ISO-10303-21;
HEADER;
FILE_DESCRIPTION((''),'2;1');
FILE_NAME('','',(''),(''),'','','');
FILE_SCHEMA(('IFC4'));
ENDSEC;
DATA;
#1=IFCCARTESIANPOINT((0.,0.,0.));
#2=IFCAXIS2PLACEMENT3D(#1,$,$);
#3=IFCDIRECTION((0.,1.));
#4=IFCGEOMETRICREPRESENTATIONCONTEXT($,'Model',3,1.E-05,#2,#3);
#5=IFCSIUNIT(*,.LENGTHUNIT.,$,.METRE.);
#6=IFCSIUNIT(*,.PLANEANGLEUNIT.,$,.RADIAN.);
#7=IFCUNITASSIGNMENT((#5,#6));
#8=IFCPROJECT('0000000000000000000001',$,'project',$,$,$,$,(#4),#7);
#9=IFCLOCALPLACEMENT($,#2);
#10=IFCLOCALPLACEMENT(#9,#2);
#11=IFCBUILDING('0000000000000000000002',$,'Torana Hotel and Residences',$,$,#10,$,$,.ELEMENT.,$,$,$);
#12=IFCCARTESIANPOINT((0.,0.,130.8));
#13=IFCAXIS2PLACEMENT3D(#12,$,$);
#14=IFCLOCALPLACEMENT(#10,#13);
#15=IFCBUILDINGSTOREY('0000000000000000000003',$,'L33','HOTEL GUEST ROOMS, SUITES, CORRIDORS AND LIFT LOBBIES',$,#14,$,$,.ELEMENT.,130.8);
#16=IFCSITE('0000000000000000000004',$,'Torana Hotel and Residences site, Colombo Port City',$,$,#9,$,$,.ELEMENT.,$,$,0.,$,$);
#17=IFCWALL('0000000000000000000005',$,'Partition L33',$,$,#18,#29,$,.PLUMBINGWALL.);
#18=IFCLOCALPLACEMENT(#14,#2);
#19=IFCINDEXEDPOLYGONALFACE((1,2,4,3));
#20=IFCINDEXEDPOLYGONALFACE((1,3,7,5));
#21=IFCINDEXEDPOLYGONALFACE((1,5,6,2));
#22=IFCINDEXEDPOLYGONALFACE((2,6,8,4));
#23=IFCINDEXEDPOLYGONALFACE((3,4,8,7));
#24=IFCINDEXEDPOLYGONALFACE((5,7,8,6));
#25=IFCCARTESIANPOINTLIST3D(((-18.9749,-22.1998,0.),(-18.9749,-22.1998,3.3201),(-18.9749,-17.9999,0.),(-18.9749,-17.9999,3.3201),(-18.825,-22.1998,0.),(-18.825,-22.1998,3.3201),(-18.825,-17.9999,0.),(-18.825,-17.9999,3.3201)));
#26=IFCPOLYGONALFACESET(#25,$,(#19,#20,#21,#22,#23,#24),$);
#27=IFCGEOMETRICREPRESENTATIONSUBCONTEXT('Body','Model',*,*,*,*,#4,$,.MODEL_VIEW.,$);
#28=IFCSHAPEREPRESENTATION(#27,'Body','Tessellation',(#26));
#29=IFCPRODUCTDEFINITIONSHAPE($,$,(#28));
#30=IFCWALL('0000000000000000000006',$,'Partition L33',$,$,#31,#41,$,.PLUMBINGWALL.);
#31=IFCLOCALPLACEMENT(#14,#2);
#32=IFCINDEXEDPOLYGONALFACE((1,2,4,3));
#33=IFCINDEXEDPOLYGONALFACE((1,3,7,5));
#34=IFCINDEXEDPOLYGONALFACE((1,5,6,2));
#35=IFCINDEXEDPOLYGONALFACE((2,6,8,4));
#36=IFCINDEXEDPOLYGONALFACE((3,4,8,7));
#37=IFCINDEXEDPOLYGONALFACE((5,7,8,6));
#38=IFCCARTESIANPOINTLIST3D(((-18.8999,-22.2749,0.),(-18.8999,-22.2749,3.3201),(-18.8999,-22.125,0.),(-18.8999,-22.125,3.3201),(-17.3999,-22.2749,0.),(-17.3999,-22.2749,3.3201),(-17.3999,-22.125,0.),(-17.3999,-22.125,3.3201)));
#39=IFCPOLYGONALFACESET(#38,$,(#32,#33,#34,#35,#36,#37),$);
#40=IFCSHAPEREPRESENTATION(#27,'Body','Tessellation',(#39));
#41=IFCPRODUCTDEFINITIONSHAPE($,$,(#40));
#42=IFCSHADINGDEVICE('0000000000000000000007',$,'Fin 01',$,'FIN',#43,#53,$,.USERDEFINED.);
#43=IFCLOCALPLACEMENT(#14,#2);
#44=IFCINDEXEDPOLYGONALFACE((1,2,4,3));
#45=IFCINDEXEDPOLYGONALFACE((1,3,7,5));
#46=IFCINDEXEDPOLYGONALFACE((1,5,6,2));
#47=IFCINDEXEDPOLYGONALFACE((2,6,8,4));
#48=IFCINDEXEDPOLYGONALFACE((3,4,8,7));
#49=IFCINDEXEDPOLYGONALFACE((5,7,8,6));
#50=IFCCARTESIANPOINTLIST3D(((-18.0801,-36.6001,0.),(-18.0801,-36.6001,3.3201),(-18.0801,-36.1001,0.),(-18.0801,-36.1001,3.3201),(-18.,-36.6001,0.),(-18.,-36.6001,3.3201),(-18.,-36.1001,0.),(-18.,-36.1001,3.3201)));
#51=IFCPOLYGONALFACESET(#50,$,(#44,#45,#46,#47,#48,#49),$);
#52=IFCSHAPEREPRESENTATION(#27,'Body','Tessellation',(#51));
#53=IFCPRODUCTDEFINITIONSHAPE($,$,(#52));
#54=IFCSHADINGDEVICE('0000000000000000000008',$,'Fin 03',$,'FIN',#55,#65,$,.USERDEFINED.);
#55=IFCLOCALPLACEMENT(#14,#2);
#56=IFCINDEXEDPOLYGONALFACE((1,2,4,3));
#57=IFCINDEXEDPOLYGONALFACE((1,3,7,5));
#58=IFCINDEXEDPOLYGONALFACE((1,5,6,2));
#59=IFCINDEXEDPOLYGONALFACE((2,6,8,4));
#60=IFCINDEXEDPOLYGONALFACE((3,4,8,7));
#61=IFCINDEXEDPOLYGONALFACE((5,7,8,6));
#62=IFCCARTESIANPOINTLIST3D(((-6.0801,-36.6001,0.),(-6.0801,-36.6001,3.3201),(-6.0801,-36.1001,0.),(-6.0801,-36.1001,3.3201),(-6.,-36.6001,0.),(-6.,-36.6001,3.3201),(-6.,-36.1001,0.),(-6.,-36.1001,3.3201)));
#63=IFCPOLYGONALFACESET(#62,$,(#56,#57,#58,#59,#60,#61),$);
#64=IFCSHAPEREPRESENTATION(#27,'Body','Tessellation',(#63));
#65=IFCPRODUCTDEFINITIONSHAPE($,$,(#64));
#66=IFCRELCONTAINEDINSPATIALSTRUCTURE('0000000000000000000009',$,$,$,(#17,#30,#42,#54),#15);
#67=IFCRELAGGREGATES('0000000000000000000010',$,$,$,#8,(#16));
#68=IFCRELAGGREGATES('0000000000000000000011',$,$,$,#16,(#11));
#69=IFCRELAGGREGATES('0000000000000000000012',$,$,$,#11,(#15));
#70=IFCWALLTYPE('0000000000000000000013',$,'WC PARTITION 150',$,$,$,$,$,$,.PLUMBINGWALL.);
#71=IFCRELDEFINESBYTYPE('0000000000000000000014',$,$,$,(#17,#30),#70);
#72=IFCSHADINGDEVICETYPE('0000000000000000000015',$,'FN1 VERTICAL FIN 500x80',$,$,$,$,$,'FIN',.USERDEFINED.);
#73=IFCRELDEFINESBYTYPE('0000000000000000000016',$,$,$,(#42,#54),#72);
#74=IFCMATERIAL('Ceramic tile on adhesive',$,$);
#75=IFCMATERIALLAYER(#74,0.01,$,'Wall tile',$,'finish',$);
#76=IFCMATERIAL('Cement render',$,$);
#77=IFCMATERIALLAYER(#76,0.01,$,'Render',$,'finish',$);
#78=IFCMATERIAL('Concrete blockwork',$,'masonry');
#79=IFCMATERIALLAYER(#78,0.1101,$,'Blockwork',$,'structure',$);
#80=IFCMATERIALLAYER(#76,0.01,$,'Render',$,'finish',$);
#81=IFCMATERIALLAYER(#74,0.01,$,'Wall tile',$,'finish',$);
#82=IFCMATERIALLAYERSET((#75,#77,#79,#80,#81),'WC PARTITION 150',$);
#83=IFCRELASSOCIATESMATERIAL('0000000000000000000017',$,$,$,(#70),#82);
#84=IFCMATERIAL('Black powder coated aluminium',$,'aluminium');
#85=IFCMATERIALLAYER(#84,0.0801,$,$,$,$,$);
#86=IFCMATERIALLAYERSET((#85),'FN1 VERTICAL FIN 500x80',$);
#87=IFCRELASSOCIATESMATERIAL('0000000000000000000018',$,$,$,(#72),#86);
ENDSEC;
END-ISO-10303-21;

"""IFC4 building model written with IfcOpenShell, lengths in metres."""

from ifc_helpers import new_model, si_unit, direction, frame, frame_2d, origin, origin_2d, place, context, subcontext, project, spatial, rectangle, extrude, material, layer, layer_set, type_object, element, save


model = new_model("IFC4")

# Units and contexts
model_context = context("Model", 3, precision=1e-05, world=origin(), true_north=direction((0.0, 1.0)))
body_context = subcontext(model_context, "Body", "Model", "MODEL_VIEW")
ifc_project = project(units=[si_unit("LENGTHUNIT", "METRE"), si_unit("PLANEANGLEUNIT", "RADIAN")], contexts=[model_context])

# Site, building, storey
site_placement = place(None, origin())
site = spatial("IfcSite", under=ifc_project, at=site_placement, Name="Torana Hotel and Residences site, Colombo Port City", CompositionType="ELEMENT", RefElevation=0.0)
building_placement = place(site_placement, origin())
building = spatial("IfcBuilding", under=site, at=building_placement, Name="Torana Hotel and Residences", CompositionType="ELEMENT")
storey_placement = place(building_placement, frame((0.0, 0.0, 130.8)))
storey = spatial("IfcBuildingStorey", under=building, at=storey_placement, Name="L33", Description="HOTEL GUEST ROOMS, SUITES, CORRIDORS AND LIFT LOBBIES", CompositionType="ELEMENT", Elevation=130.8)

# Shared definitions
ifc_material_1 = material(Name="Concrete blockwork", Category="masonry")

# Walls
ifc_material_2 = material(Name="Ceramic tile on adhesive")
ifc_layer_1 = layer(ifc_material_2, 0.01, Name="Wall tile", Category="finish")
ifc_material_3 = material(Name="Cement render")
ifc_layer_2 = layer(ifc_material_3, 0.01, Name="Render", Category="finish")
ifc_layer_3 = layer(ifc_material_1, 0.1101, Name="Blockwork", Category="structure")
ifc_layer_4 = layer(ifc_material_3, 0.01, Name="Render", Category="finish")
ifc_layer_5 = layer(ifc_material_2, 0.01, Name="Wall tile", Category="finish")
ifc_layer_set_1 = layer_set([ifc_layer_1, ifc_layer_2, ifc_layer_3, ifc_layer_4, ifc_layer_5], Name="WC PARTITION 150")
wall_type_1 = type_object("IfcWallType", Name="WC PARTITION 150", PredefinedType="PLUMBINGWALL", material=ifc_layer_set_1)
wall_1_placement = place(storey_placement, frame((-18.8999, -22.2, 0.0), z_axis=(0.0, 0.0, 1.0), x_axis=(0.0, 1.0, 0.0)))
element("IfcWall", 1, at=wall_1_placement, inside=storey, type_object=wall_type_1, Name="Partition L33", PredefinedType="PLUMBINGWALL", context=body_context, shape_type="SweptSolid", body=[
    extrude(rectangle(XDim=4.2, YDim=0.1499, at=frame_2d((2.1001, 0.0))), origin(), (0.0, 0.0, 1.0), 3.3201),
])
wall_2_placement = place(storey_placement, frame((-18.8999, -22.2, 0.0), z_axis=(0.0, 0.0, 1.0), x_axis=(1.0, 0.0, 0.0)))
element("IfcWall", 2, at=wall_2_placement, inside=storey, type_object=wall_type_1, Name="Partition L33", PredefinedType="PLUMBINGWALL", context=body_context, shape_type="SweptSolid", body=[
    extrude(rectangle(XDim=1.5, YDim=0.1499, at=frame_2d((0.75, 0.0))), origin(), (0.0, 0.0, 1.0), 3.3201),
])

# Shading devices
ifc_material_4 = material(Name="Black powder coated aluminium", Category="aluminium")
ifc_layer_6 = layer(ifc_material_4, 0.0801)
ifc_layer_set_2 = layer_set([ifc_layer_6], Name="FN1 VERTICAL FIN 500x80")
shading_device_type = type_object("IfcShadingDeviceType", Name="FN1 VERTICAL FIN 500x80", ElementType="FIN", PredefinedType="USERDEFINED", material=ifc_layer_set_2)
for number, where, z_axis, x_axis, name in (
    (3, (-18.04, -36.3501, 0.0), (0.0, 0.0, 1.0), (-1.0, 0.0, 0.0), "Fin 01"),
    (4, (-6.04, -36.3501, 0.0), (0.0, 0.0, 1.0), (-1.0, 0.0, 0.0), "Fin 03"),
):
    element("IfcShadingDevice", number, at=place(storey_placement, frame(where, z_axis=z_axis, x_axis=x_axis)), inside=storey, type_object=shading_device_type, Name=name, ObjectType="FIN", PredefinedType="USERDEFINED", context=body_context, shape_type="SweptSolid", body=[
        extrude(rectangle(XDim=0.0801, YDim=0.5, at=origin_2d()), origin(), (0.0, 0.0, 1.0), 3.3201),
    ])

save(model, "model.ifc")
